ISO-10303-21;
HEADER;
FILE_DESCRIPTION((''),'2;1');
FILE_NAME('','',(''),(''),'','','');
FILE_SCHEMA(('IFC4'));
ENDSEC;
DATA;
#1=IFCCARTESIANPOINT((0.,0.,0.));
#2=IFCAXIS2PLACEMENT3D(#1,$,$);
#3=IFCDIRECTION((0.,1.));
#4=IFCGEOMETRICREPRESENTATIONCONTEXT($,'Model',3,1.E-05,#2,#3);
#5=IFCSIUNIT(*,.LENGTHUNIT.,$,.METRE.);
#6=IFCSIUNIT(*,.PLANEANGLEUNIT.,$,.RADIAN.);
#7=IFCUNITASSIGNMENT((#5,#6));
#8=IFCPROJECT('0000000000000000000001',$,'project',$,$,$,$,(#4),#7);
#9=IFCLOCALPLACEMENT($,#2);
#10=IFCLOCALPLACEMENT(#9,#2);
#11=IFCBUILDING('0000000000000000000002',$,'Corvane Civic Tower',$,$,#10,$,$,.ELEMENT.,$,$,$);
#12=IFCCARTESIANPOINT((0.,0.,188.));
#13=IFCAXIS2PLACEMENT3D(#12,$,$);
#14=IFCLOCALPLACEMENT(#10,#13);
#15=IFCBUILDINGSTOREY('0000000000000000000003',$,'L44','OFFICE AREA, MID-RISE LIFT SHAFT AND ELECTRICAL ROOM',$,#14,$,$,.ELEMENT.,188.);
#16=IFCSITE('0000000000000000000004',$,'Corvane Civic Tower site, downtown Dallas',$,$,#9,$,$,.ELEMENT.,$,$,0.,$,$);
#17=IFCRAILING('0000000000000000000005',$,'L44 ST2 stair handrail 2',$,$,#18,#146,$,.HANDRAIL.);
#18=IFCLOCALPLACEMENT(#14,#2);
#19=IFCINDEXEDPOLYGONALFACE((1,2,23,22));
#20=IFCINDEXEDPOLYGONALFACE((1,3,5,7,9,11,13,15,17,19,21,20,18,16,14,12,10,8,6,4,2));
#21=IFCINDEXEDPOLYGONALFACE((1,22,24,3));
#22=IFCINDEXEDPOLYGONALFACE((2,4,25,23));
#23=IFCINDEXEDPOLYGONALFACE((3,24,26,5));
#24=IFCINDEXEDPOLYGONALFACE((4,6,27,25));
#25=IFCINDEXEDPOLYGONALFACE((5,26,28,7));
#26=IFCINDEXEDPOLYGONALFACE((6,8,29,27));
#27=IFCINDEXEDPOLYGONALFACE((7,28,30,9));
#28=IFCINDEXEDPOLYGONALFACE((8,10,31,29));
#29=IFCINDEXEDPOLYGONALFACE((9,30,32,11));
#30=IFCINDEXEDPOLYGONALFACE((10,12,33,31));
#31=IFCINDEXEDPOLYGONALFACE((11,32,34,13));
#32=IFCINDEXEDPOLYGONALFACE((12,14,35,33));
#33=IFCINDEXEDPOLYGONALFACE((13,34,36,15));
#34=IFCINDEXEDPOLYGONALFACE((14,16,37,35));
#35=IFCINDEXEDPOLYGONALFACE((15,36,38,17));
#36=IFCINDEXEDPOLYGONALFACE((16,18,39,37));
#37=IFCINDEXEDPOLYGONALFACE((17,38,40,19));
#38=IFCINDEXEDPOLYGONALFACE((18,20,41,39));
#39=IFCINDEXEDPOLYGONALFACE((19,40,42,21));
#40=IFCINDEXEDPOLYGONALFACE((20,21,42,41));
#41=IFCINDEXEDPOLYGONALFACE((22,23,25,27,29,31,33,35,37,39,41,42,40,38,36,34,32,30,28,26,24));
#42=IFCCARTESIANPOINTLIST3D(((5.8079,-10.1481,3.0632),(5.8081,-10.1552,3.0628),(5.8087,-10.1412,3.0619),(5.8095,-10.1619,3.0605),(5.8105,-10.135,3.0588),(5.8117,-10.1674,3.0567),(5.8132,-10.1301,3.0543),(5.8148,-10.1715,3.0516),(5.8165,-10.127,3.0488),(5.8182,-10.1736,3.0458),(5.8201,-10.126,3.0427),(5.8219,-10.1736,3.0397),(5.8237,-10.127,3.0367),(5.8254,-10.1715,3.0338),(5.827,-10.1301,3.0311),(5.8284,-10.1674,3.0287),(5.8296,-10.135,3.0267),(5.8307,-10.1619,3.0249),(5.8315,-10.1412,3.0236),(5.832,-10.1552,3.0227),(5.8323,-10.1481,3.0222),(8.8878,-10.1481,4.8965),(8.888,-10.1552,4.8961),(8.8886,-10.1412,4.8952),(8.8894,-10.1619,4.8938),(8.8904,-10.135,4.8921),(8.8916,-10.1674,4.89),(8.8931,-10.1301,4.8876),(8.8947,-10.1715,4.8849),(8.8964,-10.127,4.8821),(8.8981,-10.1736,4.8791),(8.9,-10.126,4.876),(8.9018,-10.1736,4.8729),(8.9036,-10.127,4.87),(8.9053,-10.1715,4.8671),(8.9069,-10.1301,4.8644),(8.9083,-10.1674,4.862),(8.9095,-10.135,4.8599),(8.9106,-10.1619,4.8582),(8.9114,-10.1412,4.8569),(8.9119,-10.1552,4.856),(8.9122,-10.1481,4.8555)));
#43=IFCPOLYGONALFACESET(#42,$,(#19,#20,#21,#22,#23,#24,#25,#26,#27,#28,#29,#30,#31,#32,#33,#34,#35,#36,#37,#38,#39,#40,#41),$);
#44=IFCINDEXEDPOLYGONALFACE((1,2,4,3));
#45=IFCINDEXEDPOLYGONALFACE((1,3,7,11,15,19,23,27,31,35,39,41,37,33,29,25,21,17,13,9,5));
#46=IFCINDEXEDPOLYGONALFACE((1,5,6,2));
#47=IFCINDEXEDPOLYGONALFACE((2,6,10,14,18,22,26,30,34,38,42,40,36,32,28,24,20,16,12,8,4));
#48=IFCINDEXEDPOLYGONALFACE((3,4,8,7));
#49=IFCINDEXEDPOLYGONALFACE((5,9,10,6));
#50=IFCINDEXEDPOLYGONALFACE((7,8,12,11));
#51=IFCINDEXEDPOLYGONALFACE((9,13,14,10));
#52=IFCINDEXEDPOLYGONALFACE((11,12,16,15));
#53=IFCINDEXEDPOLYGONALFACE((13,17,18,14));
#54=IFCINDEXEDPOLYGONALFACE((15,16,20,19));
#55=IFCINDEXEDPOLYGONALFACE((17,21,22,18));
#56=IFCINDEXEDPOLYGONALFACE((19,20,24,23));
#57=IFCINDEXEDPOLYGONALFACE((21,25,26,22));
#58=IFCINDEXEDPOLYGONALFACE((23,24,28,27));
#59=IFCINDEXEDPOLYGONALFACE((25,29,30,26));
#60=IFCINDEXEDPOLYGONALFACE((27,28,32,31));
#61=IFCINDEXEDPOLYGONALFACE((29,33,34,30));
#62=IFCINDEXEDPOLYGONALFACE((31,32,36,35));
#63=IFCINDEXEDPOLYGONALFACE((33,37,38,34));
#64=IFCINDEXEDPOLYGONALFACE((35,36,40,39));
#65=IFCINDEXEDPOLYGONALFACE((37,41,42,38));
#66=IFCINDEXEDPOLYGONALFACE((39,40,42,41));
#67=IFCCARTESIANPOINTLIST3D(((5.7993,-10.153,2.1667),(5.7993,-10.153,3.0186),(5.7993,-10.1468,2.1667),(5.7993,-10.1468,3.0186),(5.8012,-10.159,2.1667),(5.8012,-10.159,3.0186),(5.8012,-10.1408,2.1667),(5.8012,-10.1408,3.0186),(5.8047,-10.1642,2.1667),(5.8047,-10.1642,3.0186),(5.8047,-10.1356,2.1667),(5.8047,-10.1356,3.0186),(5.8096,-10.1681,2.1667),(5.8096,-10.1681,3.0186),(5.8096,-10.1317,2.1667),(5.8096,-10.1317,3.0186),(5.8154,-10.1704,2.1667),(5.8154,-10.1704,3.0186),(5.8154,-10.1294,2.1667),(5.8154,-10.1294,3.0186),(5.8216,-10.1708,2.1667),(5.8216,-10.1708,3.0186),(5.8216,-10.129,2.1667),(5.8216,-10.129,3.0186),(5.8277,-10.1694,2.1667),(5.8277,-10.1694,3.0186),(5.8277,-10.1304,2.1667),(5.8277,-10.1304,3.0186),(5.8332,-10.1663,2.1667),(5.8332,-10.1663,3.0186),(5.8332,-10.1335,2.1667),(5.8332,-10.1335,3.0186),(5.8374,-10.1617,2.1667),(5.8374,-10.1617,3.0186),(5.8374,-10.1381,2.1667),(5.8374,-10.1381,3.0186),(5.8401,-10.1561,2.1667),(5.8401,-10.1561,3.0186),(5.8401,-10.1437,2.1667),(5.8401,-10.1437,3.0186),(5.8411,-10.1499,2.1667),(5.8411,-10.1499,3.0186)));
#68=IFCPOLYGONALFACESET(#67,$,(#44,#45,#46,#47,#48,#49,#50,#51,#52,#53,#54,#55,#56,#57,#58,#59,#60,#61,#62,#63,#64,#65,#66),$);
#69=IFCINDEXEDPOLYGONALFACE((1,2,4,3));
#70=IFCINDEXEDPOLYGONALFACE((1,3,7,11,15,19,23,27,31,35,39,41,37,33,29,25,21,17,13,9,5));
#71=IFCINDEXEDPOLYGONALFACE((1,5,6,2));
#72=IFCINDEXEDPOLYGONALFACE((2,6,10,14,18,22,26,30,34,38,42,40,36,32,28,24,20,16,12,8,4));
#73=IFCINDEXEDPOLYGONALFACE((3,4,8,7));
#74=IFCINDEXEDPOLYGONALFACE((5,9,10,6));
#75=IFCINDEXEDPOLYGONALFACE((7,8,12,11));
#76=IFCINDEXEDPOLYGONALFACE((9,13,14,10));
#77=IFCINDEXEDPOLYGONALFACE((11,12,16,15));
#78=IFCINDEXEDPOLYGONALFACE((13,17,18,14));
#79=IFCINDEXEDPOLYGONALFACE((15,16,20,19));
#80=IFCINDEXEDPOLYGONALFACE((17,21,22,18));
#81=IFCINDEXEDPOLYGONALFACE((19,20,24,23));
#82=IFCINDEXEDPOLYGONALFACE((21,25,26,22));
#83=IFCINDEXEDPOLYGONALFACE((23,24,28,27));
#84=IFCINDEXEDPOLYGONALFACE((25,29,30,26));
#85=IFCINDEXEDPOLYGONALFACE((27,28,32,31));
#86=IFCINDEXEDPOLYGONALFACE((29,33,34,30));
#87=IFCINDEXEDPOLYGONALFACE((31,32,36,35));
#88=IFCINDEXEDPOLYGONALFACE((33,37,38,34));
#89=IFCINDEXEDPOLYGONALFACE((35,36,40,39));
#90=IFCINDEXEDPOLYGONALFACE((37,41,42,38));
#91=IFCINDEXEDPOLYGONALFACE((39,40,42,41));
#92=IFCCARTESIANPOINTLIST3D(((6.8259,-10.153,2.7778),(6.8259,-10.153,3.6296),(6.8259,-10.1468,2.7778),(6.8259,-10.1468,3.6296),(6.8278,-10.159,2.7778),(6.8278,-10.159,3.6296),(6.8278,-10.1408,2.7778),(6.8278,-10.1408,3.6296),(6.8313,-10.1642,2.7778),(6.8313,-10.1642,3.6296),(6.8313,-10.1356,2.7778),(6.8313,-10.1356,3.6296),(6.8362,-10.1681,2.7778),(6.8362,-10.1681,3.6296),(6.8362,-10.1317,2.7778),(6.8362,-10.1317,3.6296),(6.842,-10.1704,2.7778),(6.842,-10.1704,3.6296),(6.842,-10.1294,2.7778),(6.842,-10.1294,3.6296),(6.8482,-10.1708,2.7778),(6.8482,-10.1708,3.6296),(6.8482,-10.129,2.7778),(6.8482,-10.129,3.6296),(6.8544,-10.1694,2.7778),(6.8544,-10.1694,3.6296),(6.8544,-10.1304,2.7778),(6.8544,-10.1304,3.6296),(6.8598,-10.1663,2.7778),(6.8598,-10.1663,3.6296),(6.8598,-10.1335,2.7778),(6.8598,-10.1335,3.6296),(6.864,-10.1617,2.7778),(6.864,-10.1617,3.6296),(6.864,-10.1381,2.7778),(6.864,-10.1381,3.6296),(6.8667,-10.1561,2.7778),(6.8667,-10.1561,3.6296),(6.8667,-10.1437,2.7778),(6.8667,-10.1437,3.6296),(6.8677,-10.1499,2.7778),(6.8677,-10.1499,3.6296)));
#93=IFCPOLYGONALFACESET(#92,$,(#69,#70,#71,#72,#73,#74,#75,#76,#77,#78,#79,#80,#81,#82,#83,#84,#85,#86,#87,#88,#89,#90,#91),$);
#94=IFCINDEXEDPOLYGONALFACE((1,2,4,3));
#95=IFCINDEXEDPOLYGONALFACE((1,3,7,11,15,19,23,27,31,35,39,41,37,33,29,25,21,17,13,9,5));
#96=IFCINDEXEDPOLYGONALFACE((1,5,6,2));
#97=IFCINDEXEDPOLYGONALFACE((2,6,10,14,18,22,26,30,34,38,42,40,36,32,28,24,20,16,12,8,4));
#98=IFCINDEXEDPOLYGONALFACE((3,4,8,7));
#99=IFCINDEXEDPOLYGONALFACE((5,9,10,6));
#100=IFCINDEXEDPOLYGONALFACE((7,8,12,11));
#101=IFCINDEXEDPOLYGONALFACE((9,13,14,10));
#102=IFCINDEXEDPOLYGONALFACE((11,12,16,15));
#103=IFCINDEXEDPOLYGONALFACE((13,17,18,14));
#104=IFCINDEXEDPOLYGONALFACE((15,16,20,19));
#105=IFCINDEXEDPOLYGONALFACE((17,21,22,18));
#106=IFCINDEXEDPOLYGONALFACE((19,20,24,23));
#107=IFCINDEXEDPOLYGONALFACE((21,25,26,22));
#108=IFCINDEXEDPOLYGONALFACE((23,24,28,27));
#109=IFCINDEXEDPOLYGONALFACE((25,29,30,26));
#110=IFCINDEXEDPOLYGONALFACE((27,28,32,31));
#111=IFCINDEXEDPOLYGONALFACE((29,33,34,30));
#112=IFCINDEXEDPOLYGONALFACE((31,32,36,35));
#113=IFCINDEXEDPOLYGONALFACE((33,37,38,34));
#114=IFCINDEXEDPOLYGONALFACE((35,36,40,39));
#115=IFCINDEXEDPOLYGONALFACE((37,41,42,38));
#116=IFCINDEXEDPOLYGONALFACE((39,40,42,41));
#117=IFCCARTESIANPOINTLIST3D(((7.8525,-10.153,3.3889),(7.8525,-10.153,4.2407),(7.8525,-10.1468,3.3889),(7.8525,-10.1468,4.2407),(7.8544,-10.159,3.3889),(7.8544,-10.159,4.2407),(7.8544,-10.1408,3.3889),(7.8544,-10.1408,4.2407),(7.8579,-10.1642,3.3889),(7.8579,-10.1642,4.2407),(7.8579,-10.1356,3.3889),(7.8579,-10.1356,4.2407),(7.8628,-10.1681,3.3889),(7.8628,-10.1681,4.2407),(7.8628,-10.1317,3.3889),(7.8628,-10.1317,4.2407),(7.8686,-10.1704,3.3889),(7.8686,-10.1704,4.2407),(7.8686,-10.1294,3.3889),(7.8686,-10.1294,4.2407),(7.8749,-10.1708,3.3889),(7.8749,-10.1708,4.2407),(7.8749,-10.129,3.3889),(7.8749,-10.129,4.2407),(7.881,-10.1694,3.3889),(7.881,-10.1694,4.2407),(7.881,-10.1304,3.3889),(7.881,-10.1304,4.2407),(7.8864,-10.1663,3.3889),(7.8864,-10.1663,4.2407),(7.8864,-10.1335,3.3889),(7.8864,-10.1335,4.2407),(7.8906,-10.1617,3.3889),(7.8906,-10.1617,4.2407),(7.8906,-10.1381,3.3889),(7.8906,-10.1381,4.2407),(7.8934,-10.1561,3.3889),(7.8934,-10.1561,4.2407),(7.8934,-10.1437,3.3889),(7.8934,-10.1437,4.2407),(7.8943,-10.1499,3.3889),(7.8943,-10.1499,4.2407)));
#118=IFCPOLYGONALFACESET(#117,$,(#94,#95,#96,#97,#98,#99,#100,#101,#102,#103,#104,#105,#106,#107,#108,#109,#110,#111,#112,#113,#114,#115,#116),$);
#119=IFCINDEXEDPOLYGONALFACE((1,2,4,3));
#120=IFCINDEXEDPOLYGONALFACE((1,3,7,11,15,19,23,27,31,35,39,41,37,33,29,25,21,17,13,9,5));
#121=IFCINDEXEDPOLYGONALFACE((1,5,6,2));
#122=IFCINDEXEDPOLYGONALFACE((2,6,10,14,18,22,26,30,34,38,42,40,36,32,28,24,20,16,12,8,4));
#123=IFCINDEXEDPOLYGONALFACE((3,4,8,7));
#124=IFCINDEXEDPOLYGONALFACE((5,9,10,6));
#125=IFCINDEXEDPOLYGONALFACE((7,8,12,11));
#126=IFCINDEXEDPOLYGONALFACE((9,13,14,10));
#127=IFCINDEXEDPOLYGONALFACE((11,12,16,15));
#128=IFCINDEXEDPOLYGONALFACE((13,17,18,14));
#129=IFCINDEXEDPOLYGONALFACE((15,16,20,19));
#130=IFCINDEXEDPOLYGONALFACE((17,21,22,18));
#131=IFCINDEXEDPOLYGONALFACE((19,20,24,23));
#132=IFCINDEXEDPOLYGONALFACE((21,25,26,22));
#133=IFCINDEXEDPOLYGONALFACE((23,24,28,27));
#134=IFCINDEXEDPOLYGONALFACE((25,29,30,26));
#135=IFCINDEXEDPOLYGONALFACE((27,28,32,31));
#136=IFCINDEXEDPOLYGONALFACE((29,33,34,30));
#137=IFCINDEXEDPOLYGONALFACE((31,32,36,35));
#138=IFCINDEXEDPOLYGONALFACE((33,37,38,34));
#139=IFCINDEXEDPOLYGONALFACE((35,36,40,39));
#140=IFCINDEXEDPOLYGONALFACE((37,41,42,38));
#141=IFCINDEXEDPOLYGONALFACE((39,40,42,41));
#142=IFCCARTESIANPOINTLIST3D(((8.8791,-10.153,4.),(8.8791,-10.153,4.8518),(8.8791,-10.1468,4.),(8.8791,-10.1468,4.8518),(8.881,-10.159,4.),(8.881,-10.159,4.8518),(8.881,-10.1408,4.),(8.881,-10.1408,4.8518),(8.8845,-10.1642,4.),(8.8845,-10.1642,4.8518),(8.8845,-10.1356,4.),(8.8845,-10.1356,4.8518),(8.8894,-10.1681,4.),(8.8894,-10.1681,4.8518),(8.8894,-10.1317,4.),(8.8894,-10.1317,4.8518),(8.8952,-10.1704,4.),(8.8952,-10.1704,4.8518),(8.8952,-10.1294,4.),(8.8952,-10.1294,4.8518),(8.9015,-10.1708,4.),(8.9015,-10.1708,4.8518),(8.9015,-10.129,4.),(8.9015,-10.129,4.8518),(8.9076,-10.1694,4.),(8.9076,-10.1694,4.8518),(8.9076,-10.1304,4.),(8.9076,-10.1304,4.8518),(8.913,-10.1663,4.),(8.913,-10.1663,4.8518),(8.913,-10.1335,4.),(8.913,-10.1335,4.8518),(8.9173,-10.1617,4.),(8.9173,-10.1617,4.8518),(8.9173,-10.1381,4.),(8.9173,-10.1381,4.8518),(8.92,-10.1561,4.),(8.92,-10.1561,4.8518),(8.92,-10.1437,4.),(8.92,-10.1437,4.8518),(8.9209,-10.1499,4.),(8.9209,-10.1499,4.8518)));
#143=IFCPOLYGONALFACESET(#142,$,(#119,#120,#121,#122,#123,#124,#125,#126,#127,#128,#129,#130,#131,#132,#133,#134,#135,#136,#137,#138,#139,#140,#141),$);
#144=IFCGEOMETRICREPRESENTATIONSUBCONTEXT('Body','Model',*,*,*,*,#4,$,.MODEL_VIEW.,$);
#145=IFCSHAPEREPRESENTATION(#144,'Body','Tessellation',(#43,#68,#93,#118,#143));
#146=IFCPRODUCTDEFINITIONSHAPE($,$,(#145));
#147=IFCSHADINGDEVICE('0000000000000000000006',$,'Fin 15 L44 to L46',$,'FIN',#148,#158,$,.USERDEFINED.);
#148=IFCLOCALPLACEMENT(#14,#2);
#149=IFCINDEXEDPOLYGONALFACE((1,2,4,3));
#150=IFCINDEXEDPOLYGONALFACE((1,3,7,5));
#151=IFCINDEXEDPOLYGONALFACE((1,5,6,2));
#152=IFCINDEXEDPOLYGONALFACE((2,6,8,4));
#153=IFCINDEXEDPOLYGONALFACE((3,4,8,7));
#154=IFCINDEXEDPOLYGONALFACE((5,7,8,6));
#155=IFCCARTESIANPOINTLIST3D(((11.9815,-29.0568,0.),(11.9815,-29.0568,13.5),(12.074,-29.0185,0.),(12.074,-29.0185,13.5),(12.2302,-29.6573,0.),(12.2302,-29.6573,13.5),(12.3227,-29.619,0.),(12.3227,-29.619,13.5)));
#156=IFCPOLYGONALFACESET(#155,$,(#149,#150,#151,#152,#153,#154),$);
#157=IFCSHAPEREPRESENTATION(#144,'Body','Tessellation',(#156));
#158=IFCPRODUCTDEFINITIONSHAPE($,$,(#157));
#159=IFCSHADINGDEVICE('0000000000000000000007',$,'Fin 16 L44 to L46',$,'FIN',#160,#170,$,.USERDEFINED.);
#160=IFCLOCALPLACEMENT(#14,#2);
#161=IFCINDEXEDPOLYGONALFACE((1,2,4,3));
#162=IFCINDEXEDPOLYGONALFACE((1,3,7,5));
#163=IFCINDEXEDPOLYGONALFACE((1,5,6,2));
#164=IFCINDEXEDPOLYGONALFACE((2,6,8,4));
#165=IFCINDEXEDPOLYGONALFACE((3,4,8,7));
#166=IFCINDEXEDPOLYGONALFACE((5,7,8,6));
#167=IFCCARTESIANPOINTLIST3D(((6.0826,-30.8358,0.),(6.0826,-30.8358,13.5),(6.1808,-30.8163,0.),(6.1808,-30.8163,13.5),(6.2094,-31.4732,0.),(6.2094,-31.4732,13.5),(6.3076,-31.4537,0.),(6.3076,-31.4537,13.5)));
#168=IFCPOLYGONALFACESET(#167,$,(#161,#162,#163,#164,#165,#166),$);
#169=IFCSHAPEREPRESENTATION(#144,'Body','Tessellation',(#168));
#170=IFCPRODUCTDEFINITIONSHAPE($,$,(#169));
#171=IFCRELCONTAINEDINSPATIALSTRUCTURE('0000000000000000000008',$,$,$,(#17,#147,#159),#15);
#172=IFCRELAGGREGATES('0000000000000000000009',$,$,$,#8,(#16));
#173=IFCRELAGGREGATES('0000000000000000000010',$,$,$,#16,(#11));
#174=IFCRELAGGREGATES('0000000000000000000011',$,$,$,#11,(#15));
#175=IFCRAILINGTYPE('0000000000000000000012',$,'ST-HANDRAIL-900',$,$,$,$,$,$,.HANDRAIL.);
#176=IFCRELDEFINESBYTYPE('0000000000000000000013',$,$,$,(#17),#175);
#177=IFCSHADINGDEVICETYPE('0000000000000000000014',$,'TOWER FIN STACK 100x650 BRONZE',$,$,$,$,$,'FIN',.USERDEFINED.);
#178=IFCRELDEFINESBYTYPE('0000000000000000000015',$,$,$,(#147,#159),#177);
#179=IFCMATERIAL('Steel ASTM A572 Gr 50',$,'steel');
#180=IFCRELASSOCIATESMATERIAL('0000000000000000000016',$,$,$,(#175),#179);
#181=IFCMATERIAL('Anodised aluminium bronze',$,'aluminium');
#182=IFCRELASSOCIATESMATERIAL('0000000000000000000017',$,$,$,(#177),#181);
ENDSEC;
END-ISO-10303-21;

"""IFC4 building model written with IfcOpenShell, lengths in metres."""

from ifc_helpers import new_model, si_unit, direction, frame, origin, origin_2d, place, context, subcontext, project, spatial, rectangle, circle, extrude, material, material_profile, profile_set, type_object, element, save


model = new_model("IFC4")

# Units and contexts
model_context = context("Model", 3, precision=1e-05, world=origin(), true_north=direction((0.0, 1.0)))
body_context = subcontext(model_context, "Body", "Model", "MODEL_VIEW")
ifc_project = project(units=[si_unit("LENGTHUNIT", "METRE"), si_unit("PLANEANGLEUNIT", "RADIAN")], contexts=[model_context])

# Site, building, storey
site_placement = place(None, origin())
site = spatial("IfcSite", under=ifc_project, at=site_placement, Name="Corvane Civic Tower site, downtown Dallas", CompositionType="ELEMENT", RefElevation=0.0)
building_placement = place(site_placement, origin())
building = spatial("IfcBuilding", under=site, at=building_placement, Name="Corvane Civic Tower", CompositionType="ELEMENT")
storey_placement = place(building_placement, frame((0.0, 0.0, 188.0)))
storey = spatial("IfcBuildingStorey", under=building, at=storey_placement, Name="L44", Description="OFFICE AREA, MID-RISE LIFT SHAFT AND ELECTRICAL ROOM", CompositionType="ELEMENT", Elevation=188.0)

# Railing
ifc_material_1 = material(Name="Steel ASTM A572 Gr 50", Category="steel")
railing_type = type_object("IfcRailingType", Name="ST-HANDRAIL-900", PredefinedType="HANDRAIL", material=ifc_material_1)
railing_placement = place(storey_placement, frame((5.8201, -10.1499, 2.1667)))
element("IfcRailing", 1, at=railing_placement, inside=storey, type_object=railing_type, Name="L44 ST2 stair handrail 2", PredefinedType="HANDRAIL", context=body_context, shape_type="SweptSolid", body=[
    extrude(circle(Radius=0.0239, at=origin_2d()), frame((0.0, 0.0, 0.876), z_axis=(0.859291, 0.0, 0.511487), x_axis=(0.0, 1.0, 0.0)), (0.0, 0.0, 1.0), 3.5842),
    extrude(circle(Radius=0.021, at=origin_2d()), origin(), (0.0, 0.0, 1.0), 0.8518),
    extrude(circle(Radius=0.021, at=origin_2d()), frame((1.0266, 0.0, 0.6111)), (0.0, 0.0, 1.0), 0.8518),
    extrude(circle(Radius=0.021, at=origin_2d()), frame((2.0532, 0.0, 1.2222)), (0.0, 0.0, 1.0), 0.8518),
    extrude(circle(Radius=0.021, at=origin_2d()), frame((3.0798, 0.0, 1.8333)), (0.0, 0.0, 1.0), 0.8518),
])

# Shading devices
ifc_material_2 = material(Name="Anodised aluminium bronze", Category="aluminium")
ifc_material_profile_1 = material_profile(ifc_material_2, rectangle(XDim=0.1001, YDim=0.6499, at=origin_2d()), Name="TOWER FIN STACK 100x650 BRONZE")
ifc_profile_set_1 = profile_set([ifc_material_profile_1], Name="Anodised aluminium bronze")
shading_device_type = type_object("IfcShadingDeviceType", Name="TOWER FIN STACK 100x650 BRONZE", ElementType="FIN", PredefinedType="USERDEFINED", material=ifc_profile_set_1)
for number, where, z_axis, x_axis, name in (
    (2, (12.1521, -29.3379, 0.0), (0.0, 0.0, 1.0), (-0.92388, -0.382683, 0.0), "Fin 15 L44 to L46"),
    (3, (6.1951, -31.1448, 0.0), (0.0, 0.0, 1.0), (-0.980785, -0.19509, 0.0), "Fin 16 L44 to L46"),
):
    element("IfcShadingDevice", number, at=place(storey_placement, frame(where, z_axis=z_axis, x_axis=x_axis)), inside=storey, type_object=shading_device_type, Name=name, ObjectType="FIN", PredefinedType="USERDEFINED", context=body_context, shape_type="SweptSolid", body=[
        extrude(rectangle(XDim=0.1001, YDim=0.6499, at=origin_2d()), origin(), (0.0, 0.0, 1.0), 13.5),
    ])

save(model, "model.ifc")
